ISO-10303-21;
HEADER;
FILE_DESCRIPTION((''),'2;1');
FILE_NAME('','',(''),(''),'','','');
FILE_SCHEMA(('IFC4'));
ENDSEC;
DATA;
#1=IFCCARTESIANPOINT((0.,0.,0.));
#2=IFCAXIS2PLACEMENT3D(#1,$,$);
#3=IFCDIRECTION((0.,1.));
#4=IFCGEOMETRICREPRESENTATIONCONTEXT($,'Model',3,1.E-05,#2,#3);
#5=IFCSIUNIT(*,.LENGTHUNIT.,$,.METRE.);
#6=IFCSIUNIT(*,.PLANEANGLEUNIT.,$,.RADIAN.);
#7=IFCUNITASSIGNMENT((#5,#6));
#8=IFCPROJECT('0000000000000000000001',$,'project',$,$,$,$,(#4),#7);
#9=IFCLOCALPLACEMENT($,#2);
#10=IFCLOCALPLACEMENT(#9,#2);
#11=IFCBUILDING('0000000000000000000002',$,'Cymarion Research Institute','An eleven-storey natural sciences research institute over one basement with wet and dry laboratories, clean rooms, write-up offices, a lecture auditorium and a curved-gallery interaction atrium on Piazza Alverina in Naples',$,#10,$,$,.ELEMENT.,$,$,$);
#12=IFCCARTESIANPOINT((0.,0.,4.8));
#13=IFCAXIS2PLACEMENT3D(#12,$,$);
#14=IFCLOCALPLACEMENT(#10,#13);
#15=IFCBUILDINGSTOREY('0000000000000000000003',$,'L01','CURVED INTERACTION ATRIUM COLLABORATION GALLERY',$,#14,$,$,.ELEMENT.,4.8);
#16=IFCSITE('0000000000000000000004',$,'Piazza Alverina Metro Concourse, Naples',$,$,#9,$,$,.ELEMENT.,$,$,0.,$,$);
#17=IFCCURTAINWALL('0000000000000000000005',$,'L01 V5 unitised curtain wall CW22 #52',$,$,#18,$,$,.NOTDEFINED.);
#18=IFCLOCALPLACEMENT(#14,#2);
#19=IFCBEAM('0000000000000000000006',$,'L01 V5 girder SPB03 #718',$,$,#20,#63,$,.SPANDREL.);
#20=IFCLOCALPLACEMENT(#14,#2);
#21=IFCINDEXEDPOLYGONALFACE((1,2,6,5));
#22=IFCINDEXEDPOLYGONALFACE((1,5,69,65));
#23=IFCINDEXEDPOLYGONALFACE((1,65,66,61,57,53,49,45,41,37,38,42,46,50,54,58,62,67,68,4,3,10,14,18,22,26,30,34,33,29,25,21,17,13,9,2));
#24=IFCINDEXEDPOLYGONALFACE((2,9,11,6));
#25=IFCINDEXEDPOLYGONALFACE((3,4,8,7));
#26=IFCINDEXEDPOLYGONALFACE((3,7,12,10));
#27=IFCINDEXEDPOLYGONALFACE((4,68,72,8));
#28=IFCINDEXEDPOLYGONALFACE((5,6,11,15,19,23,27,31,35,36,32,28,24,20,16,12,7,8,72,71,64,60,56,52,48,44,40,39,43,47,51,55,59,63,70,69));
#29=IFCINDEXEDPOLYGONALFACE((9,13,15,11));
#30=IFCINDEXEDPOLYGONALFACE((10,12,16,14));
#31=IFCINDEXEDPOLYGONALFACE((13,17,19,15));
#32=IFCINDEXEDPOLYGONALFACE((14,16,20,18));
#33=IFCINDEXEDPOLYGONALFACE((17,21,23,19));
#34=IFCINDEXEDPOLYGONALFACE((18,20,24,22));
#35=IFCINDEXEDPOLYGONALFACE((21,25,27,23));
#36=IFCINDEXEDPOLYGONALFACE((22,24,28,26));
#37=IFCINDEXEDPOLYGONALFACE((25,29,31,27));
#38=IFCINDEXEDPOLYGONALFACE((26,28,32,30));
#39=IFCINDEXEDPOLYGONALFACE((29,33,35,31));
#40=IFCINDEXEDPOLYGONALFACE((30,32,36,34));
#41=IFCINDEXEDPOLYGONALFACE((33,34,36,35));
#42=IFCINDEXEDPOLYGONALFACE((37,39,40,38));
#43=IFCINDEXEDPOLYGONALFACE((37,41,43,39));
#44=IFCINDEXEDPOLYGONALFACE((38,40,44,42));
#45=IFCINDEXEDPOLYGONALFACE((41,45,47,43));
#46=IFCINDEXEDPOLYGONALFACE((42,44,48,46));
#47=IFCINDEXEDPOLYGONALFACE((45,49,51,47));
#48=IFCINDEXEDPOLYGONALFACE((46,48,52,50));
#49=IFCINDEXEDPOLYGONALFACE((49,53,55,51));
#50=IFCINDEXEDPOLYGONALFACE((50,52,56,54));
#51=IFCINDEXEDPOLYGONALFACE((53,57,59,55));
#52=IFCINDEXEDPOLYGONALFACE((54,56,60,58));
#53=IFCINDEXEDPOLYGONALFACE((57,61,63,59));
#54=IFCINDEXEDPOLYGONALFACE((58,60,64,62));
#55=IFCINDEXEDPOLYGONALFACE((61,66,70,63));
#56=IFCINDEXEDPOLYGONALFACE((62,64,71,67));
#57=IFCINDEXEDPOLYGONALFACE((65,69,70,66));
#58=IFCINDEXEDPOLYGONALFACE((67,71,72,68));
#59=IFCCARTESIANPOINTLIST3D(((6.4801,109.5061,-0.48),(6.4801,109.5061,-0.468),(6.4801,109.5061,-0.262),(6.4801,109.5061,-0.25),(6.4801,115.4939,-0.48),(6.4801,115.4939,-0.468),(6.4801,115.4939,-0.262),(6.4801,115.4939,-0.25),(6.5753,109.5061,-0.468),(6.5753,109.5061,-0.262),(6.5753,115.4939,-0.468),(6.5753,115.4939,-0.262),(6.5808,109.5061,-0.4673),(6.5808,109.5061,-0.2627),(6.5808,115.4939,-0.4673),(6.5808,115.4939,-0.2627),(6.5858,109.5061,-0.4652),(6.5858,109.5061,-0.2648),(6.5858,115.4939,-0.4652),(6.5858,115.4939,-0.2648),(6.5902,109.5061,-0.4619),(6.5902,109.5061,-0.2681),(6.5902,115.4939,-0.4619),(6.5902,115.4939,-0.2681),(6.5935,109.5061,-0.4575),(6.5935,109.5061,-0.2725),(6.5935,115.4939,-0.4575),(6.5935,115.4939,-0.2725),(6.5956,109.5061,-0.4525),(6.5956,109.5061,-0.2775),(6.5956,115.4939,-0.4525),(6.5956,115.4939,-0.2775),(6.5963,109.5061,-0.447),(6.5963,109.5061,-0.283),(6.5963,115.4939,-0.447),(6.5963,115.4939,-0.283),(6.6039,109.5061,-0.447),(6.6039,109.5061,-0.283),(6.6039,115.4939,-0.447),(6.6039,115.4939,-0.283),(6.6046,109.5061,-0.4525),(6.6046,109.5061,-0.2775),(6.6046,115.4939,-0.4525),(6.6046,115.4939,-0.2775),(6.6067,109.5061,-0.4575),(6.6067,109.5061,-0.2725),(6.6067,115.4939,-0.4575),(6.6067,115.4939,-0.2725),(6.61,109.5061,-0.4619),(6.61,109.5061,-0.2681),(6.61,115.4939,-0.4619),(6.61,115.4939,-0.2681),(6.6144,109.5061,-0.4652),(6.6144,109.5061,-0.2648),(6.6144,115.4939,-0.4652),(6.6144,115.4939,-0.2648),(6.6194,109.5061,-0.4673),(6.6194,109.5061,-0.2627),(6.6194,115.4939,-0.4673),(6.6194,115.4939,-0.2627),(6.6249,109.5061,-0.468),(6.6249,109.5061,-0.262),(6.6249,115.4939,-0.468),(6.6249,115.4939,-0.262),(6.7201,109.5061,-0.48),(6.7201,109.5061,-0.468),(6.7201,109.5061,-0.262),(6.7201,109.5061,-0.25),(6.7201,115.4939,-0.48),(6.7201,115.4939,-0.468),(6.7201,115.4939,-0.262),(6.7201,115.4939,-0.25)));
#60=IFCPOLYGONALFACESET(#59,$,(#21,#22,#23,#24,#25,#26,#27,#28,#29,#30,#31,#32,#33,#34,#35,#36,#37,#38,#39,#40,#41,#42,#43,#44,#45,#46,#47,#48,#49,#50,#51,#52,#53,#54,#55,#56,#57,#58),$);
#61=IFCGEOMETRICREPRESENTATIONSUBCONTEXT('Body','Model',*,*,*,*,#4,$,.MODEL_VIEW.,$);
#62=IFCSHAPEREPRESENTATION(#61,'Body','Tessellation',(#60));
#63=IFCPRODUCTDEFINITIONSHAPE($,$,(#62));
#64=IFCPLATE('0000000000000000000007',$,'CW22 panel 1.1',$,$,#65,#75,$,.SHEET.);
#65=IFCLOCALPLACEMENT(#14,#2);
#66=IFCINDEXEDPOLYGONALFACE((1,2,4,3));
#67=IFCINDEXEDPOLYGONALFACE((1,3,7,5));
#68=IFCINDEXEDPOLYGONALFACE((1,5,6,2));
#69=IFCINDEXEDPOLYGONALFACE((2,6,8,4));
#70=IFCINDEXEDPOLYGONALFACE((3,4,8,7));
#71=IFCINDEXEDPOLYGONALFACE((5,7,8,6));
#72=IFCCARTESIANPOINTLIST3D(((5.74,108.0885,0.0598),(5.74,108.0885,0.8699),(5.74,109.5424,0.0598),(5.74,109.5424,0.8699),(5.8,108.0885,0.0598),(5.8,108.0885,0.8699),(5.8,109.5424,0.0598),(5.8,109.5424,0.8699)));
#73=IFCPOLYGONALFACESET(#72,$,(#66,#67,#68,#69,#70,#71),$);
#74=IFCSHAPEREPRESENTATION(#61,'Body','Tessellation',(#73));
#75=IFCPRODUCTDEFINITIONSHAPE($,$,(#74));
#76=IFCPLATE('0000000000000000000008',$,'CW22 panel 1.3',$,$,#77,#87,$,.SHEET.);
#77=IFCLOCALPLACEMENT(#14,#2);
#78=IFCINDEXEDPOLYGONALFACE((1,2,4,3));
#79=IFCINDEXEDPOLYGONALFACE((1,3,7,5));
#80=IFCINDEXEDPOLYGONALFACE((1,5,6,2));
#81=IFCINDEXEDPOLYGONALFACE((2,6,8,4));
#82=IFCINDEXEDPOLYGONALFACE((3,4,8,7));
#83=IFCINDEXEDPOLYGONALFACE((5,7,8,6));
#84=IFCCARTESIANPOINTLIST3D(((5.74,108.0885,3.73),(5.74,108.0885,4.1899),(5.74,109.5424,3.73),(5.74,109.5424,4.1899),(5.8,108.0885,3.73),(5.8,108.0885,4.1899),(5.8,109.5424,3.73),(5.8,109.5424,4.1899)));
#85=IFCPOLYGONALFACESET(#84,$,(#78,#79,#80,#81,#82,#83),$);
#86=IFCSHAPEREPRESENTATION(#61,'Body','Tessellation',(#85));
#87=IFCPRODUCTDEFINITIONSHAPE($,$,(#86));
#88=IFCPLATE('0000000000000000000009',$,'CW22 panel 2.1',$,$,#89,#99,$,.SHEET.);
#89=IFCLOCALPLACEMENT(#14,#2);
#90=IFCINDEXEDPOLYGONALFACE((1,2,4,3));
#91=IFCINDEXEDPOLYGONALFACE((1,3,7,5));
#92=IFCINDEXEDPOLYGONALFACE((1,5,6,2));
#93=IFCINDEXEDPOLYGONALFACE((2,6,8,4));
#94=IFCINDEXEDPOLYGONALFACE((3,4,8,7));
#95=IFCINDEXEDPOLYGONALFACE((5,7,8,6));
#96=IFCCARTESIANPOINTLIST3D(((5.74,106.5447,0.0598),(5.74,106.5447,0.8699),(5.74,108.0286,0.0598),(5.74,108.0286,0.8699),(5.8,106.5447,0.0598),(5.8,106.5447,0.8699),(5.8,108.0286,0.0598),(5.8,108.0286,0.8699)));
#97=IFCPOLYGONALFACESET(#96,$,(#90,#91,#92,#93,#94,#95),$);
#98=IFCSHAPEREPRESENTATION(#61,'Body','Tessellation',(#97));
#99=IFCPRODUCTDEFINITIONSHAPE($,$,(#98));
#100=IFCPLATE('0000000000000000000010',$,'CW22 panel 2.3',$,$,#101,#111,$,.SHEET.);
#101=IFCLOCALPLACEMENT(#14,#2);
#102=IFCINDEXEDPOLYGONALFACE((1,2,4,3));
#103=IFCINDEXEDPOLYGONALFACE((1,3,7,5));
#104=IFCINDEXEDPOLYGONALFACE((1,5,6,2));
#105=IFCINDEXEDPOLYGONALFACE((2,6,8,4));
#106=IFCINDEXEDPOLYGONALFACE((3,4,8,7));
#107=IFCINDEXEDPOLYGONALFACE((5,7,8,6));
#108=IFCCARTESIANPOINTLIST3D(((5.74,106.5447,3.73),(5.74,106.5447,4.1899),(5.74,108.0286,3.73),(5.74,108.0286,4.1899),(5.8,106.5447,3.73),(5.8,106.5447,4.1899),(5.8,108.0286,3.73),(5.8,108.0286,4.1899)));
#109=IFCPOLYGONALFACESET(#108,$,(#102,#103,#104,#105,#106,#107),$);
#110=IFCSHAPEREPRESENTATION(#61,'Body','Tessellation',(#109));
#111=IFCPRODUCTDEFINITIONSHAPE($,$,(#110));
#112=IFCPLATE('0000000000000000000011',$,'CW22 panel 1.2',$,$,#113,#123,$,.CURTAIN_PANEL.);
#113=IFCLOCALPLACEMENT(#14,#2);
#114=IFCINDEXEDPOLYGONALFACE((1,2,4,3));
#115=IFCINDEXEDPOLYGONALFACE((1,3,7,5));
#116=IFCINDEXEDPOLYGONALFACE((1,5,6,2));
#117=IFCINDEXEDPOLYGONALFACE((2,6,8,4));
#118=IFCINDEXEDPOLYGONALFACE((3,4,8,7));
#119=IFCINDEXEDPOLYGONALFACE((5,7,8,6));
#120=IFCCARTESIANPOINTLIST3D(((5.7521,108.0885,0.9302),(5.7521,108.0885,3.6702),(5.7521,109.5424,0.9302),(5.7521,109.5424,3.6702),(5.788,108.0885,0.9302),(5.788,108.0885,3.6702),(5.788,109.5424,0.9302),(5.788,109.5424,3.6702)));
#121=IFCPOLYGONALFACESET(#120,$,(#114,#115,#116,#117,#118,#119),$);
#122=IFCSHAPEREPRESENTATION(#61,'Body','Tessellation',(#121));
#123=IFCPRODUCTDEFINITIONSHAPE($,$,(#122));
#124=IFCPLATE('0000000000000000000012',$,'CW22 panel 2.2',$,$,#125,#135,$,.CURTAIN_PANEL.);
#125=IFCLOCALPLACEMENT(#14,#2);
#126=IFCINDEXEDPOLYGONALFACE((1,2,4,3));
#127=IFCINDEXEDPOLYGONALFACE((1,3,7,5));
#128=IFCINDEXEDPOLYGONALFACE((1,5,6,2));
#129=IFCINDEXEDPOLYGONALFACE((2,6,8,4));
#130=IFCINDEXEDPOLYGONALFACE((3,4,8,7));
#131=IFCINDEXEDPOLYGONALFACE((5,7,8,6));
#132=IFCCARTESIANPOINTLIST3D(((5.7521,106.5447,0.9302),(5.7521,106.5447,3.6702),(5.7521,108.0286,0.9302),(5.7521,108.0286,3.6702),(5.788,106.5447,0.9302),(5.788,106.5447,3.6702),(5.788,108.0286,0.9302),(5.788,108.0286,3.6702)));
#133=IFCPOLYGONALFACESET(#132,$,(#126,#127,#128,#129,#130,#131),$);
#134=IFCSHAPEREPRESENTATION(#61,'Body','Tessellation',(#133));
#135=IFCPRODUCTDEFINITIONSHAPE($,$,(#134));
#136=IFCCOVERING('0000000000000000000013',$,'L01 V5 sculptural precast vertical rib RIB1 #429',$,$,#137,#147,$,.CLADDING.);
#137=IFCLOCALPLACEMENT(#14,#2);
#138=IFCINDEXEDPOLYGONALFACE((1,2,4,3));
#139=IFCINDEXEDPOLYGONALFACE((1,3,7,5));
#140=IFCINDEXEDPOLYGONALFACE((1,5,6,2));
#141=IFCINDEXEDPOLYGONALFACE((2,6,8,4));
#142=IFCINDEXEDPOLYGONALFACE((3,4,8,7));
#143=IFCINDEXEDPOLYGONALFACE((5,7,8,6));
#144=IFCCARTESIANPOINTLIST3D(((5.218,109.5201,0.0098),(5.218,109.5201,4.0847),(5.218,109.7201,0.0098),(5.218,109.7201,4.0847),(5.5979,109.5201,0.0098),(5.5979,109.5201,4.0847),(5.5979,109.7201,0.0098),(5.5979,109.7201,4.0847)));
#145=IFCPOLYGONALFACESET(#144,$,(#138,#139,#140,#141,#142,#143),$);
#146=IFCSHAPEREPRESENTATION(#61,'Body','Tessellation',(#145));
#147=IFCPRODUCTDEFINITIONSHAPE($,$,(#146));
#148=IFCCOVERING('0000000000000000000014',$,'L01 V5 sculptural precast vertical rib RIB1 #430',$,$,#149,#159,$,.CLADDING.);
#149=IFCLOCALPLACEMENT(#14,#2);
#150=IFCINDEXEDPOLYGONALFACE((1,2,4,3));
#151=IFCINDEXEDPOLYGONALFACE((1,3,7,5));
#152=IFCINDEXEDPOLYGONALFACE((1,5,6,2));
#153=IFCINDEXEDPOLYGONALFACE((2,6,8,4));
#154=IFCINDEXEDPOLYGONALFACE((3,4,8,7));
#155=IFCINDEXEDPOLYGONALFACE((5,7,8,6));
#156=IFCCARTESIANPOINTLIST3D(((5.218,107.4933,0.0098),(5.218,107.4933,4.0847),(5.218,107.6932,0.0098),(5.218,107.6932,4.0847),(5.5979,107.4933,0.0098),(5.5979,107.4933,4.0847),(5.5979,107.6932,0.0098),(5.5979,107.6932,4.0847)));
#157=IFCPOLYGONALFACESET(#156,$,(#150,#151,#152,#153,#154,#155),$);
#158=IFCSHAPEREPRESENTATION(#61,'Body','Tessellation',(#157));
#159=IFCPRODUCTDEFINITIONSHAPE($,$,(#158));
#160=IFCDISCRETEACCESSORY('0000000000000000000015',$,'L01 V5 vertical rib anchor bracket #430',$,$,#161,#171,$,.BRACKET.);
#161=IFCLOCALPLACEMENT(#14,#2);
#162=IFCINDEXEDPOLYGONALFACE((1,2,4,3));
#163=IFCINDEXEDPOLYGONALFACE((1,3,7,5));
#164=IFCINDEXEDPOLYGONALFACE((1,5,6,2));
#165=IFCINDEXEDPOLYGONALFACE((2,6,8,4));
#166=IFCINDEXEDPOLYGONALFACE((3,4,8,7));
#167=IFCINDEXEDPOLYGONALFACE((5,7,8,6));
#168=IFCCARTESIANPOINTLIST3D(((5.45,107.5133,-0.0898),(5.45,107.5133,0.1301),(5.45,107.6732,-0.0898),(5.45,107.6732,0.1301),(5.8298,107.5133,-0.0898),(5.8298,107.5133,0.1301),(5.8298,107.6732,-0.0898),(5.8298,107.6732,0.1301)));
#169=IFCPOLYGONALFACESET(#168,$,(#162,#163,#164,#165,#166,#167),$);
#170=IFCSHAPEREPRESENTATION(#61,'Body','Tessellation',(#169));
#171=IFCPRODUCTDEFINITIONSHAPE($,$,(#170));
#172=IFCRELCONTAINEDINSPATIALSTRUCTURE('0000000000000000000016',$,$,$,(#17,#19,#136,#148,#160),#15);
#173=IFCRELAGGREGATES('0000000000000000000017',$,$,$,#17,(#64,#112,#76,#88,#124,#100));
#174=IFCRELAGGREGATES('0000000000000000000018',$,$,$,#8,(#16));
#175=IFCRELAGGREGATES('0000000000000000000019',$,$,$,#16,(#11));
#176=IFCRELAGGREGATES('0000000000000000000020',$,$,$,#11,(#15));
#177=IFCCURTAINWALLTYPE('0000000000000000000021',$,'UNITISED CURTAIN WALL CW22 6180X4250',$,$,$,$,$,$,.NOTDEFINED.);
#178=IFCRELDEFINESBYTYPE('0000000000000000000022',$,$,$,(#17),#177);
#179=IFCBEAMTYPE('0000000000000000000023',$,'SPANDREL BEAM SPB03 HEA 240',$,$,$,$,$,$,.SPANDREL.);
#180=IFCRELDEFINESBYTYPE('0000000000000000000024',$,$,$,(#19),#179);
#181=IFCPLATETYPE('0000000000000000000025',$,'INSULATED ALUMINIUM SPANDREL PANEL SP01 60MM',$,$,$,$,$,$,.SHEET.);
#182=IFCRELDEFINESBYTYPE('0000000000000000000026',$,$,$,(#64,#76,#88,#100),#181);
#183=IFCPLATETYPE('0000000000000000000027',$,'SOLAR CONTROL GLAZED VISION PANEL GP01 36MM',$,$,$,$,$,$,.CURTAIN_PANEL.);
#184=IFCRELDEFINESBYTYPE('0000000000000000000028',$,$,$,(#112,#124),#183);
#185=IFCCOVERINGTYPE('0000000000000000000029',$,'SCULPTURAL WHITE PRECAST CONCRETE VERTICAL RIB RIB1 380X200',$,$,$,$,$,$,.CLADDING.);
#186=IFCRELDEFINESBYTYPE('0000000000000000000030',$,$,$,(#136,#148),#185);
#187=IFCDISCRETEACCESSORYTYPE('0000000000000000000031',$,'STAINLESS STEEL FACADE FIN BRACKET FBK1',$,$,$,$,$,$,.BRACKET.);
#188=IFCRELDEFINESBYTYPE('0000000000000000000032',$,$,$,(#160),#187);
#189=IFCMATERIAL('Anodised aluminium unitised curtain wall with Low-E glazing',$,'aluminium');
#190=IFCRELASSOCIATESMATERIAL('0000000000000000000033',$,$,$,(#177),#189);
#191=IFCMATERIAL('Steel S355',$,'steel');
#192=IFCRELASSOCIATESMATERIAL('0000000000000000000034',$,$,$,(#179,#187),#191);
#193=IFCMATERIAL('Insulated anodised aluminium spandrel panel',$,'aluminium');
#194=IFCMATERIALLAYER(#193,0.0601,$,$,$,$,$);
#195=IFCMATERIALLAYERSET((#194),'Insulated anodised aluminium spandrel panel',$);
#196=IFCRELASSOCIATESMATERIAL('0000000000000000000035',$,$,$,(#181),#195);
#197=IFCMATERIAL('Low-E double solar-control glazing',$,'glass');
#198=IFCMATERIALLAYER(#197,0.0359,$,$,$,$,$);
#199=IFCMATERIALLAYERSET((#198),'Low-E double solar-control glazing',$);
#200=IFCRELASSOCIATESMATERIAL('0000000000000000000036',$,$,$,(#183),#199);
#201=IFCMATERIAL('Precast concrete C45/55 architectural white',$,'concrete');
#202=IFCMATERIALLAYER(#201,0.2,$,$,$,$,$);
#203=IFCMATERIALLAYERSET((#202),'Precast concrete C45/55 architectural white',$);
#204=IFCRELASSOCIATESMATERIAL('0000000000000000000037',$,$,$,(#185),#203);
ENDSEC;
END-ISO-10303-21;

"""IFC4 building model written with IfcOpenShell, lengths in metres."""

from ifc_helpers import new_model, si_unit, direction, frame, origin, origin_2d, place, context, subcontext, project, spatial, rectangle, i_section, extrude, material, layer, layer_set, material_profile, profile_set, type_object, element, aggregate, save


model = new_model("IFC4")

# Units and contexts
model_context = context("Model", 3, precision=1e-05, world=origin(), true_north=direction((0.0, 1.0)))
body_context = subcontext(model_context, "Body", "Model", "MODEL_VIEW")
ifc_project = project(units=[si_unit("LENGTHUNIT", "METRE"), si_unit("PLANEANGLEUNIT", "RADIAN")], contexts=[model_context])

# Site, building, storey
site_placement = place(None, origin())
site = spatial("IfcSite", under=ifc_project, at=site_placement, Name="Piazza Alverina Metro Concourse, Naples", CompositionType="ELEMENT", RefElevation=0.0)
building_placement = place(site_placement, origin())
building = spatial("IfcBuilding", under=site, at=building_placement, Name="Cymarion Research Institute", Description="An eleven-storey natural sciences research institute over one basement with wet and dry laboratories, clean rooms, write-up offices, a lecture auditorium and a curved-gallery interaction atrium on Piazza Alverina in Naples", CompositionType="ELEMENT")
storey_placement = place(building_placement, frame((0.0, 0.0, 4.8)))
storey = spatial("IfcBuildingStorey", under=building, at=storey_placement, Name="L01", Description="CURVED INTERACTION ATRIUM COLLABORATION GALLERY", CompositionType="ELEMENT", Elevation=4.8)

# Shared definitions
ifc_material_1 = material(Name="Steel S355", Category="steel")

# Curtain wall
ifc_material_2 = material(Name="Anodised aluminium unitised curtain wall with Low-E glazing", Category="aluminium")
curtain_wall_type = type_object("IfcCurtainWallType", Name="UNITISED CURTAIN WALL CW22 6180X4250", PredefinedType="NOTDEFINED", material=ifc_material_2)
curtain_wall_placement = place(storey_placement, origin())
curtain_wall = element("IfcCurtainWall", 1, at=curtain_wall_placement, inside=storey, type_object=curtain_wall_type, Name="L01 V5 unitised curtain wall CW22 #52", PredefinedType="NOTDEFINED")

# Beam
ifc_material_profile_1 = material_profile(ifc_material_1, i_section(OverallWidth=0.24, OverallDepth=0.23, WebThickness=0.0076, FlangeThickness=0.012, FilletRadius=0.021, at=origin_2d()), Name="HEA 240")
ifc_profile_set_1 = profile_set([ifc_material_profile_1], Name="Steel S355")
beam_type_1 = type_object("IfcBeamType", Name="SPANDREL BEAM SPB03 HEA 240", PredefinedType="SPANDREL", material=ifc_profile_set_1)
beam_1_placement = place(storey_placement, frame((6.6001, 109.5061, -0.365), z_axis=(0.0, 1.0, 0.0), x_axis=(-1.0, 0.0, 0.0)))
element("IfcBeam", 2, at=beam_1_placement, inside=storey, type_object=beam_type_1, Name="L01 V5 girder SPB03 #718", PredefinedType="SPANDREL", context=body_context, shape_type="SweptSolid", body=[
    extrude(i_section(OverallWidth=0.24, OverallDepth=0.23, WebThickness=0.0076, FlangeThickness=0.012, FilletRadius=0.021, at=origin_2d()), origin(), (0.0, 0.0, 1.0), 5.9878),
])

# Plates
ifc_material_3 = material(Name="Insulated anodised aluminium spandrel panel", Category="aluminium")
ifc_layer_1 = layer(ifc_material_3, 0.0601)
ifc_layer_set_1 = layer_set([ifc_layer_1], Name="Insulated anodised aluminium spandrel panel")
plate_type_1 = type_object("IfcPlateType", Name="INSULATED ALUMINIUM SPANDREL PANEL SP01 60MM", PredefinedType="SHEET", material=ifc_layer_set_1)
plate_1_placement = place(storey_placement, frame((5.77, 108.8154, 0.0598), z_axis=(0.0, 0.0, 1.0), x_axis=(0.0, -1.0, 0.0)))
plate_1 = element("IfcPlate", 3, at=plate_1_placement, type_object=plate_type_1, Name="CW22 panel 1.1", PredefinedType="SHEET", context=body_context, shape_type="SweptSolid", body=[
    extrude(rectangle(XDim=1.4539, YDim=0.0601, at=origin_2d()), origin(), (0.0, 0.0, 1.0), 0.8101),
])
plate_2_placement = place(storey_placement, frame((5.77, 108.8154, 3.73), z_axis=(0.0, 0.0, 1.0), x_axis=(0.0, -1.0, 0.0)))
plate_2 = element("IfcPlate", 4, at=plate_2_placement, type_object=plate_type_1, Name="CW22 panel 1.3", PredefinedType="SHEET", context=body_context, shape_type="SweptSolid", body=[
    extrude(rectangle(XDim=1.4539, YDim=0.0601, at=origin_2d()), origin(), (0.0, 0.0, 1.0), 0.46),
])
plate_3_placement = place(storey_placement, frame((5.77, 107.2866, 0.0598), z_axis=(0.0, 0.0, 1.0), x_axis=(0.0, -1.0, 0.0)))
plate_3 = element("IfcPlate", 5, at=plate_3_placement, type_object=plate_type_1, Name="CW22 panel 2.1", PredefinedType="SHEET", context=body_context, shape_type="SweptSolid", body=[
    extrude(rectangle(XDim=1.4839, YDim=0.0601, at=origin_2d()), origin(), (0.0, 0.0, 1.0), 0.8101),
])
plate_4_placement = place(storey_placement, frame((5.77, 107.2866, 3.73), z_axis=(0.0, 0.0, 1.0), x_axis=(0.0, -1.0, 0.0)))
plate_4 = element("IfcPlate", 6, at=plate_4_placement, type_object=plate_type_1, Name="CW22 panel 2.3", PredefinedType="SHEET", context=body_context, shape_type="SweptSolid", body=[
    extrude(rectangle(XDim=1.4839, YDim=0.0601, at=origin_2d()), origin(), (0.0, 0.0, 1.0), 0.46),
])
ifc_material_4 = material(Name="Low-E double solar-control glazing", Category="glass")
ifc_layer_2 = layer(ifc_material_4, 0.0359)
ifc_layer_set_2 = layer_set([ifc_layer_2], Name="Low-E double solar-control glazing")
plate_type_2 = type_object("IfcPlateType", Name="SOLAR CONTROL GLAZED VISION PANEL GP01 36MM", PredefinedType="CURTAIN_PANEL", material=ifc_layer_set_2)
plate_5_placement = place(storey_placement, frame((5.77, 108.8154, 0.9302), z_axis=(0.0, 0.0, 1.0), x_axis=(0.0, -1.0, 0.0)))
plate_5 = element("IfcPlate", 7, at=plate_5_placement, type_object=plate_type_2, Name="CW22 panel 1.2", PredefinedType="CURTAIN_PANEL", context=body_context, shape_type="SweptSolid", body=[
    extrude(rectangle(XDim=1.4539, YDim=0.0359, at=origin_2d()), origin(), (0.0, 0.0, 1.0), 2.74),
])
plate_6_placement = place(storey_placement, frame((5.77, 107.2866, 0.9302), z_axis=(0.0, 0.0, 1.0), x_axis=(0.0, -1.0, 0.0)))
plate_6 = element("IfcPlate", 8, at=plate_6_placement, type_object=plate_type_2, Name="CW22 panel 2.2", PredefinedType="CURTAIN_PANEL", context=body_context, shape_type="SweptSolid", body=[
    extrude(rectangle(XDim=1.4839, YDim=0.0359, at=origin_2d()), origin(), (0.0, 0.0, 1.0), 2.74),
])
aggregate(curtain_wall, [plate_1, plate_5, plate_2, plate_3, plate_6, plate_4])

# Coverings
ifc_material_5 = material(Name="Precast concrete C45/55 architectural white", Category="concrete")
ifc_layer_3 = layer(ifc_material_5, 0.2)
ifc_layer_set_3 = layer_set([ifc_layer_3], Name="Precast concrete C45/55 architectural white")
covering_type = type_object("IfcCoveringType", Name="SCULPTURAL WHITE PRECAST CONCRETE VERTICAL RIB RIB1 380X200", PredefinedType="CLADDING", material=ifc_layer_set_3)
for number, where, z_axis, x_axis, name in (
    (9, (5.408, 109.6201, 0.0098), (0.0, 0.0, 1.0), (-1.0, 0.0, 0.0), "L01 V5 sculptural precast vertical rib RIB1 #429"),
    (10, (5.408, 107.5933, 0.0098), (0.0, 0.0, 1.0), (-1.0, 0.0, 0.0), "L01 V5 sculptural precast vertical rib RIB1 #430"),
):
    element("IfcCovering", number, at=place(storey_placement, frame(where, z_axis=z_axis, x_axis=x_axis)), inside=storey, type_object=covering_type, Name=name, PredefinedType="CLADDING", context=body_context, shape_type="SweptSolid", body=[
        extrude(rectangle(XDim=0.3799, YDim=0.2, at=origin_2d()), origin(), (0.0, 0.0, 1.0), 4.075),
    ])

# Discrete accessory
discrete_accessory_type = type_object("IfcDiscreteAccessoryType", Name="STAINLESS STEEL FACADE FIN BRACKET FBK1", PredefinedType="BRACKET", material=ifc_material_1)
discrete_accessory_placement = place(storey_placement, frame((5.6399, 107.5933, -0.0898), z_axis=(0.0, 0.0, 1.0), x_axis=(-1.0, 0.0, 0.0)))
element("IfcDiscreteAccessory", 11, at=discrete_accessory_placement, inside=storey, type_object=discrete_accessory_type, Name="L01 V5 vertical rib anchor bracket #430", PredefinedType="BRACKET", context=body_context, shape_type="SweptSolid", body=[
    extrude(rectangle(XDim=0.3799, YDim=0.1599, at=origin_2d()), origin(), (0.0, 0.0, 1.0), 0.22),
])

save(model, "model.ifc")
